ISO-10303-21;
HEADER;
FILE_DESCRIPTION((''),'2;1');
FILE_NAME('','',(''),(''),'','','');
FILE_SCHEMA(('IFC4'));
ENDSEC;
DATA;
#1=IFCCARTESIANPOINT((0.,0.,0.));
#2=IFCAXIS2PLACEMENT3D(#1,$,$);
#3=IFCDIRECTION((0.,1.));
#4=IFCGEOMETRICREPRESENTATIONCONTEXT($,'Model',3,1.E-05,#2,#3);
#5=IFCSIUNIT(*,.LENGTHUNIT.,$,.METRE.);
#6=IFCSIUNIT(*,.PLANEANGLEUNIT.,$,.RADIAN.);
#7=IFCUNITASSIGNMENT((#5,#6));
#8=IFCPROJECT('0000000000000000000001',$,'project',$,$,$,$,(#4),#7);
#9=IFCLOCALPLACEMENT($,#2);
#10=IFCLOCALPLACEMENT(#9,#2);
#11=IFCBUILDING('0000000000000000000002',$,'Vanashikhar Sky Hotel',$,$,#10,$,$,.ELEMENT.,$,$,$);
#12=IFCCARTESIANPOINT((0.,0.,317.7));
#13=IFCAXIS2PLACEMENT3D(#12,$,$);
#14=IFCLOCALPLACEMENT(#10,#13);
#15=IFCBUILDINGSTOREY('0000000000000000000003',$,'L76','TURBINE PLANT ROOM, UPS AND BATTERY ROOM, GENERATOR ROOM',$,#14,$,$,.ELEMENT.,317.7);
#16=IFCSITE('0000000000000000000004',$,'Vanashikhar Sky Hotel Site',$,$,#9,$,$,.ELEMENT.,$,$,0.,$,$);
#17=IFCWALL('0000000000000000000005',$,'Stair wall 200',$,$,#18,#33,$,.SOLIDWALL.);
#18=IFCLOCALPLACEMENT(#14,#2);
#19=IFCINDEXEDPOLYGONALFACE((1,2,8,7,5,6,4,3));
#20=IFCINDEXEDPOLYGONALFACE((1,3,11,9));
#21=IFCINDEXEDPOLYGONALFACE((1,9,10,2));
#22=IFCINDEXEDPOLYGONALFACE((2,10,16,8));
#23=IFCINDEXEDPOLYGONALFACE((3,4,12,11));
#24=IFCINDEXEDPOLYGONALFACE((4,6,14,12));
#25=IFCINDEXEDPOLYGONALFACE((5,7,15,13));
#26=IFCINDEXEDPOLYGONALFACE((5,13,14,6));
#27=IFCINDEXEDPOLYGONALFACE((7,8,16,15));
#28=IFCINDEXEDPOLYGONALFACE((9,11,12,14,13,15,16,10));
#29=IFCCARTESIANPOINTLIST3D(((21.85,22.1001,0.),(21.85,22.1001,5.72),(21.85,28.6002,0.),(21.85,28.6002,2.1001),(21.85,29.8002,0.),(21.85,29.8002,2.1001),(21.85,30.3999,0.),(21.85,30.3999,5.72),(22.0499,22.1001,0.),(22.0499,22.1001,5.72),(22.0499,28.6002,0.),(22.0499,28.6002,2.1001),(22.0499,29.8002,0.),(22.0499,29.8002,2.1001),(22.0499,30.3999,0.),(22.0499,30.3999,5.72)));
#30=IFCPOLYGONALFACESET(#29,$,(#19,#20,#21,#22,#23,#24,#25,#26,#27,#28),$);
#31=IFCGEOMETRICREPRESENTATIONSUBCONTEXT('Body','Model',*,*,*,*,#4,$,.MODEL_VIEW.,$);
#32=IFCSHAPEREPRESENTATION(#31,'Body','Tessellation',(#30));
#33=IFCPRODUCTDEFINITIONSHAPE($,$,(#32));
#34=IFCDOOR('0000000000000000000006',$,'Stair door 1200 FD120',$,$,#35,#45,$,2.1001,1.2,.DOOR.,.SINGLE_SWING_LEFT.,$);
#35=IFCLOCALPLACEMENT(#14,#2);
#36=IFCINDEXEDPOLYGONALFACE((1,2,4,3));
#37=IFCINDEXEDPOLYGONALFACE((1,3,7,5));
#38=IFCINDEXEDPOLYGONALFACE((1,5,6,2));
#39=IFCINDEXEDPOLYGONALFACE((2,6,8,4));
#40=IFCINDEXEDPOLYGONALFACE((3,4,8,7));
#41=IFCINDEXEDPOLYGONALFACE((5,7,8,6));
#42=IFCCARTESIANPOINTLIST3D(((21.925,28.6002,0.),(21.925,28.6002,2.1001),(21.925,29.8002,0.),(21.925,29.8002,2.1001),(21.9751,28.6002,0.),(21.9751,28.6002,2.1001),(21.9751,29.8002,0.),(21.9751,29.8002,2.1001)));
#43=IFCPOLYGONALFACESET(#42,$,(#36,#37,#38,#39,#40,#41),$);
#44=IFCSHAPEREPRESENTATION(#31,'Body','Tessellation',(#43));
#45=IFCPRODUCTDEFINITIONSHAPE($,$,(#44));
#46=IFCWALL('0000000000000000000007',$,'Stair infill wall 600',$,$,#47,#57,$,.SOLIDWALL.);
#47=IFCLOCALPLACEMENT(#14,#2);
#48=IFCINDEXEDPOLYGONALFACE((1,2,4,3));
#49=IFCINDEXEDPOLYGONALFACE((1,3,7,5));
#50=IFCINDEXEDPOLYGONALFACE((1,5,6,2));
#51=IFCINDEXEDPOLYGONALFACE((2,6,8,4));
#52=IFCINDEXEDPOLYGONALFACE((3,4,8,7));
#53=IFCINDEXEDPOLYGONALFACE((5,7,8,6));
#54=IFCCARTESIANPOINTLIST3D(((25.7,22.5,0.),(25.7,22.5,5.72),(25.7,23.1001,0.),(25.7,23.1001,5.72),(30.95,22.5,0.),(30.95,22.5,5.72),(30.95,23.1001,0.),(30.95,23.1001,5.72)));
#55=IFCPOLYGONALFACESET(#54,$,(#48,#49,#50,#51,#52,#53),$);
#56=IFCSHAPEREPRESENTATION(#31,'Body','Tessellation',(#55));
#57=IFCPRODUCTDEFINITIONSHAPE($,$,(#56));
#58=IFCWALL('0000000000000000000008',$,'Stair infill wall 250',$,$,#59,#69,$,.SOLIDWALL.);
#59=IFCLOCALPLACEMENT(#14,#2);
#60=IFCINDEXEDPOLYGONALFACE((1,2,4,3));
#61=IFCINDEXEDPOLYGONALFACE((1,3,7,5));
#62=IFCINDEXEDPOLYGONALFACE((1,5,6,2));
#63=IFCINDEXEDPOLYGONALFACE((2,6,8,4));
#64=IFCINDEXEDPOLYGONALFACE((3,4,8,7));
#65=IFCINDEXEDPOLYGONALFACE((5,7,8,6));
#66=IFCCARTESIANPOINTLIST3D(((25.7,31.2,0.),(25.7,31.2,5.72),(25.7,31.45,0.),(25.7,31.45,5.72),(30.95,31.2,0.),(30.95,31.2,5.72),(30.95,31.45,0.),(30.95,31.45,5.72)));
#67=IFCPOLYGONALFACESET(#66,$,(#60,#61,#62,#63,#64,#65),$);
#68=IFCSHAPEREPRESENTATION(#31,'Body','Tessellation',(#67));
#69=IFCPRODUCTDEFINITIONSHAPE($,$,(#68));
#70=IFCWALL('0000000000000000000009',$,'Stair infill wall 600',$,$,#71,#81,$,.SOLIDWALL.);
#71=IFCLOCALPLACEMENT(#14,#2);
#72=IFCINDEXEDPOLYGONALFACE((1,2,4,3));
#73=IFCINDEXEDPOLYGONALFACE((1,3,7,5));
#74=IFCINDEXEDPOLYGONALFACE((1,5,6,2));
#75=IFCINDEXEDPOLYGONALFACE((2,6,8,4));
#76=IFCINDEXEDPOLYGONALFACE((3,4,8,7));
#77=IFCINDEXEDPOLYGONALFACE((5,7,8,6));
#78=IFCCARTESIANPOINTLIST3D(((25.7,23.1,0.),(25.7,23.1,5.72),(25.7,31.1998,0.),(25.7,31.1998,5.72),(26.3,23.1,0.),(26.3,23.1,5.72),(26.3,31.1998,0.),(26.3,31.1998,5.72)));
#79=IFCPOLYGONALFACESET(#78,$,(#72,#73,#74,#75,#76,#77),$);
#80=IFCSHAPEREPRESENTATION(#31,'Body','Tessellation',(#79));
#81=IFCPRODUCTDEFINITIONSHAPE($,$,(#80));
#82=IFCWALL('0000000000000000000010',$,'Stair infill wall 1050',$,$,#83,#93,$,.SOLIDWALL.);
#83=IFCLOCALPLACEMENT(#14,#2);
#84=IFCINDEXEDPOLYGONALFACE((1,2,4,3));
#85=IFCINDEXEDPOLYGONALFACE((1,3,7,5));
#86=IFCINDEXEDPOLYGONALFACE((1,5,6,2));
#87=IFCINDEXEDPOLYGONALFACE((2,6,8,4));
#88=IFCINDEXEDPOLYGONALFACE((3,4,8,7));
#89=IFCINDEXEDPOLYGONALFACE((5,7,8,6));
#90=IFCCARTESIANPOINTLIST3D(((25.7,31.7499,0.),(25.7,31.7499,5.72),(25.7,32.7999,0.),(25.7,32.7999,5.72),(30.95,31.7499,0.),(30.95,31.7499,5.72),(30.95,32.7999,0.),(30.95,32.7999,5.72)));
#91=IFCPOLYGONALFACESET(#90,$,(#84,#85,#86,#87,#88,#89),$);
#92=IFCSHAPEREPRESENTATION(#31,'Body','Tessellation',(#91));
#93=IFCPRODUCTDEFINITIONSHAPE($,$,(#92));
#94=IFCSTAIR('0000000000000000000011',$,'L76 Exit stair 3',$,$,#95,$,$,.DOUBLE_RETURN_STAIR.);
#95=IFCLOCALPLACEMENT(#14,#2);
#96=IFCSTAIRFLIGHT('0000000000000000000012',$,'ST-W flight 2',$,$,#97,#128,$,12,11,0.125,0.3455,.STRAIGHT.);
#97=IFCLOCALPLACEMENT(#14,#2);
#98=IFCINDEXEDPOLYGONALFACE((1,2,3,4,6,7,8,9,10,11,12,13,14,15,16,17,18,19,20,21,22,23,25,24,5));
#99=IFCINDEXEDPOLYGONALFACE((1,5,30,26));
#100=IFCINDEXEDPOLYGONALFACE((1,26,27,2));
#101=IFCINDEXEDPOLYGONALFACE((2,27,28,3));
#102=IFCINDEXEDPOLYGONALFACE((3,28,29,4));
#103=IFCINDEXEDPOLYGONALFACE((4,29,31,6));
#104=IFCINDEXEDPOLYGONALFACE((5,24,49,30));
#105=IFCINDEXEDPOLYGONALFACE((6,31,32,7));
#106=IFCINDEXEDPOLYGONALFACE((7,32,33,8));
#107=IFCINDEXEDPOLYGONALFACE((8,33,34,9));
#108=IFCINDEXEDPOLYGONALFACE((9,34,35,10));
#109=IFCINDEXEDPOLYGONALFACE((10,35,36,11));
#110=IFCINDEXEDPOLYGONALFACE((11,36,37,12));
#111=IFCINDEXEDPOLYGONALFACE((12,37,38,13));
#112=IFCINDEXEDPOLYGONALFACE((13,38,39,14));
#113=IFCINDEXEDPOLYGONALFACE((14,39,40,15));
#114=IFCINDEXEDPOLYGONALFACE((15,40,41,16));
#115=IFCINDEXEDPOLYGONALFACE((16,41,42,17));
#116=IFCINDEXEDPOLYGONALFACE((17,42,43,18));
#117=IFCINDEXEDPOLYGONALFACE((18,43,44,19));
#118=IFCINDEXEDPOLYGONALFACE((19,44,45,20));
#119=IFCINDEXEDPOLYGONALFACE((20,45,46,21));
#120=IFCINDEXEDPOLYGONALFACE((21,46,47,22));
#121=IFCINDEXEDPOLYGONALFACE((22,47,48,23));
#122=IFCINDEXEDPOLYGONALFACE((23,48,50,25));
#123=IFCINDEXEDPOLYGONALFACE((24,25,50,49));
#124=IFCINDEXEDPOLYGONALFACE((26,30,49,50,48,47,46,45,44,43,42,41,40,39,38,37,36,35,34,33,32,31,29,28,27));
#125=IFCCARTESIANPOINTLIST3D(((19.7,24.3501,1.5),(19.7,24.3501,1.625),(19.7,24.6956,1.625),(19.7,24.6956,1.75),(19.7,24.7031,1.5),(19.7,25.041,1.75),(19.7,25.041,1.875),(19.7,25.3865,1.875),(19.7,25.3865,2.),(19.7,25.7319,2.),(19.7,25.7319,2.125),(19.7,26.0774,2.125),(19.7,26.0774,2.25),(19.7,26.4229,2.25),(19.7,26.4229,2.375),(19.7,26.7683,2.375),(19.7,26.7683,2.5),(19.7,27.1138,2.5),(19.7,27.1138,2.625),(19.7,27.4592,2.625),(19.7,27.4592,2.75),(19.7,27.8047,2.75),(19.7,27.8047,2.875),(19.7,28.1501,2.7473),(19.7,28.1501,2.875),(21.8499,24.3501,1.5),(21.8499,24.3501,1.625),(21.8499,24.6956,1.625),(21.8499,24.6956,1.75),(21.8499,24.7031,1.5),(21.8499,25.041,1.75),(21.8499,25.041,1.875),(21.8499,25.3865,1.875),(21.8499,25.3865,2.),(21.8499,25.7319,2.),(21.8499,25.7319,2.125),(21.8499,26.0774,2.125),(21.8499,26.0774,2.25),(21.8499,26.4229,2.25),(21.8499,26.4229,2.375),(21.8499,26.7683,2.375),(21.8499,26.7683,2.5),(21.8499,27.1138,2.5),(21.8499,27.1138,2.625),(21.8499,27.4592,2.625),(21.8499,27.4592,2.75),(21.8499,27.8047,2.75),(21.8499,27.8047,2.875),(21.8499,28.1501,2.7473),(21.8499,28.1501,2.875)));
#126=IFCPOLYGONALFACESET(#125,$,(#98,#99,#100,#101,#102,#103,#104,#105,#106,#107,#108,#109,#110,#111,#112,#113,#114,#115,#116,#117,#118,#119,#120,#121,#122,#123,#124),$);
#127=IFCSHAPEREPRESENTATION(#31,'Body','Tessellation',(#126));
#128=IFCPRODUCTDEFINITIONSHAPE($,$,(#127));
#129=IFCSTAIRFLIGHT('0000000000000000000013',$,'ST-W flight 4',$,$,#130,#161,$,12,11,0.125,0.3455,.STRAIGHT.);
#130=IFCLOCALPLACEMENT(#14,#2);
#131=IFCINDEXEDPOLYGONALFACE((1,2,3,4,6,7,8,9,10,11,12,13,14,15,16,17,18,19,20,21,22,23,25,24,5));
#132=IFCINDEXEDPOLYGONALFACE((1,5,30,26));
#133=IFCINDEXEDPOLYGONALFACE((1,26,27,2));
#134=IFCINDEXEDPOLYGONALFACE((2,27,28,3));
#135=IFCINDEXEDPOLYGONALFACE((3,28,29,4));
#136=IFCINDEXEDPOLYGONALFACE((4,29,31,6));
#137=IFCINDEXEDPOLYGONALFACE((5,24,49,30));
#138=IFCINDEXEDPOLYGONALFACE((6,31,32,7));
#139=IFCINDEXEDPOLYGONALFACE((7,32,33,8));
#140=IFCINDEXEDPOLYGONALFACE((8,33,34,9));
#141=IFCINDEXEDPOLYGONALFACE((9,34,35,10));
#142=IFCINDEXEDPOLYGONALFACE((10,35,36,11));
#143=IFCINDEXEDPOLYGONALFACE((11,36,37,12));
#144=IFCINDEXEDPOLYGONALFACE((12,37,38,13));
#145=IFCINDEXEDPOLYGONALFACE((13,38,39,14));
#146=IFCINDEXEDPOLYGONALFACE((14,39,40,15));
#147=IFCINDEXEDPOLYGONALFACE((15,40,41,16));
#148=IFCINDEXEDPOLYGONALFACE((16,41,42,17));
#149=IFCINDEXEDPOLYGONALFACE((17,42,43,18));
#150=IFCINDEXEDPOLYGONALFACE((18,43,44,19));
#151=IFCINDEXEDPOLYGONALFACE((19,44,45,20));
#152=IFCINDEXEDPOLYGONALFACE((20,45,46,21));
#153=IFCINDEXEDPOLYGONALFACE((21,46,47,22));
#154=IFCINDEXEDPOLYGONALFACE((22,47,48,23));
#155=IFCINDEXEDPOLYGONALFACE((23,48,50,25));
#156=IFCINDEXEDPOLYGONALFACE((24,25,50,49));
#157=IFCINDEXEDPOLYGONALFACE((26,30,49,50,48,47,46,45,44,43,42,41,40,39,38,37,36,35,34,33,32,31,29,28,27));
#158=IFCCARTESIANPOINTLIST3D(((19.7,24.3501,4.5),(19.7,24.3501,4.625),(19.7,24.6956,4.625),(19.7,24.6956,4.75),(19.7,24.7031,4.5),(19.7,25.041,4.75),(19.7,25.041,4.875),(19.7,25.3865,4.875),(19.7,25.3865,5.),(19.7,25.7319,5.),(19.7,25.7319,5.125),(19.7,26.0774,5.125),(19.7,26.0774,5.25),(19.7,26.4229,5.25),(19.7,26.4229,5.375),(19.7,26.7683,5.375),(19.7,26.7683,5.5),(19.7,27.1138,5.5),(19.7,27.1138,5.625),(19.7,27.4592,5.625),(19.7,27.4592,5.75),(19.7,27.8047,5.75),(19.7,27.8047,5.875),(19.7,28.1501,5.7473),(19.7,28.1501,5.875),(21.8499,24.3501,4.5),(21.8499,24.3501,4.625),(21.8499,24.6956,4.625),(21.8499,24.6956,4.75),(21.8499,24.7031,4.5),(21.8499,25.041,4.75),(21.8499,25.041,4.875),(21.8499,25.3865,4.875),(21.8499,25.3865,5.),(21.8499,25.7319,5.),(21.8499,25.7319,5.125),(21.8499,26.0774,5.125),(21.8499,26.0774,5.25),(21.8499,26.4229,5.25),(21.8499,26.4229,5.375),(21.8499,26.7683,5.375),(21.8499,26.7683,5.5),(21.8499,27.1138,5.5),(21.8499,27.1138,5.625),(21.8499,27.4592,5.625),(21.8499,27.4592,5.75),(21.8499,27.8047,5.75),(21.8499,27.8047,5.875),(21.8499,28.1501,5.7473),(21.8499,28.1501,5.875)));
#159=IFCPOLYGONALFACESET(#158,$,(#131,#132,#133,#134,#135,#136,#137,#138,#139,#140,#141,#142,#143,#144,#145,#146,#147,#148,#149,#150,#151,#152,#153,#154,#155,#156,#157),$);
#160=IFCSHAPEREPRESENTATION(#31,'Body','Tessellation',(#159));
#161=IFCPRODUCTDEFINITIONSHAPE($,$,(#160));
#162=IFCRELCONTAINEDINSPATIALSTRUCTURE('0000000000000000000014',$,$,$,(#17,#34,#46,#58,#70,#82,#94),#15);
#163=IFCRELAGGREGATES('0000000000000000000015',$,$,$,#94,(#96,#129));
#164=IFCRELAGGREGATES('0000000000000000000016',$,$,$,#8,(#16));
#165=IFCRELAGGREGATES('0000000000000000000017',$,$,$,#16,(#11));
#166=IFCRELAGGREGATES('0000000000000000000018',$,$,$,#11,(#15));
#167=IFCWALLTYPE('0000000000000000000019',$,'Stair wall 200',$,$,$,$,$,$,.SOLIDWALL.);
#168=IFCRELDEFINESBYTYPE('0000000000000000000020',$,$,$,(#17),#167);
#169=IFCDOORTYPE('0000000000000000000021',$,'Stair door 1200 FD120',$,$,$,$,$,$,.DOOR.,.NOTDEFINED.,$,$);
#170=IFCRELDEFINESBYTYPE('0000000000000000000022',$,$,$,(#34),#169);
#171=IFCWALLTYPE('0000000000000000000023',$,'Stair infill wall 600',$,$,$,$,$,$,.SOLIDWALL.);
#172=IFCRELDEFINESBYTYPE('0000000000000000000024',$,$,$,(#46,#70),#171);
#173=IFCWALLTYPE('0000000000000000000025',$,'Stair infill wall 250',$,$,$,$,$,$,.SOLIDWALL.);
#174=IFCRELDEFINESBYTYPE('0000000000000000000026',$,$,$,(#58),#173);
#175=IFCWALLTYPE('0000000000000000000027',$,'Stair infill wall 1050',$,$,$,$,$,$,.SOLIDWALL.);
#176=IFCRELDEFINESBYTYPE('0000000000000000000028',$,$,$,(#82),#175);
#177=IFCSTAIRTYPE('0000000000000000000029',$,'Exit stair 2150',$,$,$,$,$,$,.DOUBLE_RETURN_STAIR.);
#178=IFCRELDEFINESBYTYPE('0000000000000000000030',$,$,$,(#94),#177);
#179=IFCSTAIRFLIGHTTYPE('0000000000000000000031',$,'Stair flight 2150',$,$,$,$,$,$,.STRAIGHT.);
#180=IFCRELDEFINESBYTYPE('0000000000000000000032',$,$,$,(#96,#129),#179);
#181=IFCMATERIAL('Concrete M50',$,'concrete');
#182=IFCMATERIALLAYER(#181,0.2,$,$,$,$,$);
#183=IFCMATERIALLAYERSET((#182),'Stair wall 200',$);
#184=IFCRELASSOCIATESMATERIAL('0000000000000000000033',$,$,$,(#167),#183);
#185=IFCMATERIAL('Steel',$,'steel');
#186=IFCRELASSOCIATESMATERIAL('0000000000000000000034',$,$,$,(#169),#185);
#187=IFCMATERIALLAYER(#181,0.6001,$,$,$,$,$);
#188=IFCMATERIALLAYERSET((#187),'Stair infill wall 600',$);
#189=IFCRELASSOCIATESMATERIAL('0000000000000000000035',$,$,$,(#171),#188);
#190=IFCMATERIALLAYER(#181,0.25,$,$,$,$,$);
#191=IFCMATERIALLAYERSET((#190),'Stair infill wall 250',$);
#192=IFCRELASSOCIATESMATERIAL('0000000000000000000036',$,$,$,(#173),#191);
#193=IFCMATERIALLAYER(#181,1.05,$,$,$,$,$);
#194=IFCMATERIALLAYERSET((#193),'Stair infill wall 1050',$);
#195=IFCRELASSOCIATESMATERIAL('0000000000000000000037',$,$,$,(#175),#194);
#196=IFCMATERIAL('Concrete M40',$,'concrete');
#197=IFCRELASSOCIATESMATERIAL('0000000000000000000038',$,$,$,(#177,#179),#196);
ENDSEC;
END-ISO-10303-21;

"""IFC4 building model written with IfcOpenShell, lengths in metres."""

from ifc_helpers import new_model, si_unit, direction, frame, frame_2d, origin, place, context, subcontext, project, spatial, polyline, rectangle, outline, extrude, source, transform, mapped, material, layer, layer_set, type_object, element, fill, aggregate, save


model = new_model("IFC4")

# Units and contexts
model_context = context("Model", 3, precision=1e-05, world=origin(), true_north=direction((0.0, 1.0)))
body_context = subcontext(model_context, "Body", "Model", "MODEL_VIEW")
ifc_project = project(units=[si_unit("LENGTHUNIT", "METRE"), si_unit("PLANEANGLEUNIT", "RADIAN")], contexts=[model_context])

# Site, building, storey
site_placement = place(None, origin())
site = spatial("IfcSite", under=ifc_project, at=site_placement, Name="Vanashikhar Sky Hotel Site", CompositionType="ELEMENT", RefElevation=0.0)
building_placement = place(site_placement, origin())
building = spatial("IfcBuilding", under=site, at=building_placement, Name="Vanashikhar Sky Hotel", CompositionType="ELEMENT")
storey_placement = place(building_placement, frame((0.0, 0.0, 317.7)))
storey = spatial("IfcBuildingStorey", under=building, at=storey_placement, Name="L76", Description="TURBINE PLANT ROOM, UPS AND BATTERY ROOM, GENERATOR ROOM", CompositionType="ELEMENT", Elevation=317.7)

# Shared definitions
ifc_material_1 = material(Name="Concrete M50", Category="concrete")
ifc_material_2 = material(Name="Steel", Category="steel")

# Wall, opening, door
ifc_layer_1 = layer(ifc_material_1, 0.2)
ifc_layer_set_1 = layer_set([ifc_layer_1], Name="Stair wall 200")
wall_type_1 = type_object("IfcWallType", Name="Stair wall 200", PredefinedType="SOLIDWALL", material=ifc_layer_set_1)
shared_shape_1 = source(origin(), body_context, "Body", "SweptSolid", [
    extrude(rectangle(XDim=8.2998, YDim=0.2, at=frame_2d((4.1499, 0.0))), origin(), (0.0, 0.0, 1.0), 5.72),
])
wall_1_placement = place(storey_placement, frame((21.95, 22.1001, 0.0), z_axis=(0.0, 0.0, 1.0), x_axis=(0.0, 1.0, 0.0)))
wall_1 = element("IfcWall", 1, at=wall_1_placement, inside=storey, type_object=wall_type_1, Name="Stair wall 200", PredefinedType="SOLIDWALL", context=body_context, shape_type="MappedRepresentation", body=[
    mapped(shared_shape_1, transform((0.0, 0.0, 0.0), scale=1.0)),
])
shared_shape_2 = source(origin(), body_context, "Body", "SweptSolid", [
    extrude(rectangle(XDim=1.2, YDim=2.1001, at=frame_2d((0.6001, 1.05))), frame((0.0, 0.1099, 0.0), z_axis=(0.0, -1.0, 0.0), x_axis=(1.0, 0.0, 0.0)), (0.0, 0.0, 1.0), 0.22),
])
opening_1_placement = place(wall_1_placement, frame((6.5, 0.0, 0.0)))
opening_1 = element("IfcOpeningElement", 2, at=opening_1_placement, cuts=wall_1, PredefinedType="OPENING", context=body_context, shape_type="MappedRepresentation", body=[
    mapped(shared_shape_2, transform((0.0, 0.0, 0.0), scale=1.0)),
])
door_type_1 = type_object("IfcDoorType", Name="Stair door 1200 FD120", OperationType="NOTDEFINED", PredefinedType="DOOR", material=ifc_material_2)
shared_shape_3 = source(origin(), body_context, "Body", "SweptSolid", [
    extrude(rectangle(XDim=1.2, YDim=2.1001, at=frame_2d((0.6001, 1.05))), frame((0.0, 0.0249, 0.0), z_axis=(0.0, -1.0, 0.0), x_axis=(1.0, 0.0, 0.0)), (0.0, 0.0, 1.0), 0.05),
])
door_1_placement = place(opening_1_placement, origin())
door_1 = element("IfcDoor", 3, at=door_1_placement, inside=storey, type_object=door_type_1, Name="Stair door 1200 FD120", OperationType="SINGLE_SWING_LEFT", OverallHeight=2.1001, OverallWidth=1.2, PredefinedType="DOOR", context=body_context, shape_type="MappedRepresentation", body=[
    mapped(shared_shape_3, transform((0.0, 0.0, 0.0), scale=1.0)),
])
fill(opening_1, door_1)

# Walls
ifc_layer_2 = layer(ifc_material_1, 0.6001)
ifc_layer_set_2 = layer_set([ifc_layer_2], Name="Stair infill wall 600")
wall_type_2 = type_object("IfcWallType", Name="Stair infill wall 600", PredefinedType="SOLIDWALL", material=ifc_layer_set_2)
shared_shape_4 = source(origin(), body_context, "Body", "SweptSolid", [
    extrude(rectangle(XDim=5.25, YDim=0.6001, at=frame_2d((2.625, 0.0))), origin(), (0.0, 0.0, 1.0), 5.72),
])
wall_2_placement = place(storey_placement, frame((25.7, 22.8, 0.0), z_axis=(0.0, 0.0, 1.0), x_axis=(1.0, 0.0, 0.0)))
element("IfcWall", 4, at=wall_2_placement, inside=storey, type_object=wall_type_2, Name="Stair infill wall 600", PredefinedType="SOLIDWALL", context=body_context, shape_type="MappedRepresentation", body=[
    mapped(shared_shape_4, transform((0.0, 0.0, 0.0), scale=1.0)),
])
ifc_layer_3 = layer(ifc_material_1, 0.25)
ifc_layer_set_3 = layer_set([ifc_layer_3], Name="Stair infill wall 250")
wall_type_3 = type_object("IfcWallType", Name="Stair infill wall 250", PredefinedType="SOLIDWALL", material=ifc_layer_set_3)
shared_shape_5 = source(origin(), body_context, "Body", "SweptSolid", [
    extrude(rectangle(XDim=5.25, YDim=0.25, at=frame_2d((2.625, 0.0))), origin(), (0.0, 0.0, 1.0), 5.72),
])
wall_3_placement = place(storey_placement, frame((25.7, 31.325, 0.0), z_axis=(0.0, 0.0, 1.0), x_axis=(1.0, 0.0, 0.0)))
element("IfcWall", 5, at=wall_3_placement, inside=storey, type_object=wall_type_3, Name="Stair infill wall 250", PredefinedType="SOLIDWALL", context=body_context, shape_type="MappedRepresentation", body=[
    mapped(shared_shape_5, transform((0.0, 0.0, 0.0), scale=1.0)),
])
shared_shape_6 = source(origin(), body_context, "Body", "SweptSolid", [
    extrude(rectangle(XDim=8.0999, YDim=0.6001, at=frame_2d((4.0498, 0.0))), origin(), (0.0, 0.0, 1.0), 5.72),
])
wall_4_placement = place(storey_placement, frame((26.0, 23.1001, 0.0), z_axis=(0.0, 0.0, 1.0), x_axis=(0.0, 1.0, 0.0)))
element("IfcWall", 6, at=wall_4_placement, inside=storey, type_object=wall_type_2, Name="Stair infill wall 600", PredefinedType="SOLIDWALL", context=body_context, shape_type="MappedRepresentation", body=[
    mapped(shared_shape_6, transform((0.0, 0.0, 0.0), scale=1.0)),
])
ifc_layer_4 = layer(ifc_material_1, 1.05)
ifc_layer_set_4 = layer_set([ifc_layer_4], Name="Stair infill wall 1050")
wall_type_4 = type_object("IfcWallType", Name="Stair infill wall 1050", PredefinedType="SOLIDWALL", material=ifc_layer_set_4)
shared_shape_7 = source(origin(), body_context, "Body", "SweptSolid", [
    extrude(rectangle(XDim=5.25, YDim=1.05, at=frame_2d((2.625, 0.0))), origin(), (0.0, 0.0, 1.0), 5.72),
])
wall_5_placement = place(storey_placement, frame((25.7, 32.2749, 0.0), z_axis=(0.0, 0.0, 1.0), x_axis=(1.0, 0.0, 0.0)))
element("IfcWall", 7, at=wall_5_placement, inside=storey, type_object=wall_type_4, Name="Stair infill wall 1050", PredefinedType="SOLIDWALL", context=body_context, shape_type="MappedRepresentation", body=[
    mapped(shared_shape_7, transform((0.0, 0.0, 0.0), scale=1.0)),
])

# Stair, stair flights
ifc_material_3 = material(Name="Concrete M40", Category="concrete")
stair_type = type_object("IfcStairType", Name="Exit stair 2150", PredefinedType="DOUBLE_RETURN_STAIR", material=ifc_material_3)
stair_placement = place(storey_placement, origin())
stair = element("IfcStair", 8, at=stair_placement, inside=storey, type_object=stair_type, Name="L76 Exit stair 3", PredefinedType="DOUBLE_RETURN_STAIR")
stair_flight_type = type_object("IfcStairFlightType", Name="Stair flight 2150", PredefinedType="STRAIGHT", material=ifc_material_3)
shared_shape_8 = source(origin(), body_context, "Body", "SweptSolid", [
    extrude(outline(polyline([(0.0, 0.0), (0.0, 0.125), (0.3455, 0.125), (0.3455, 0.25), (0.6909, 0.25), (0.6909, 0.375), (1.0364, 0.375), (1.0364, 0.5), (1.3818, 0.5), (1.3818, 0.625), (1.7273, 0.625), (1.7273, 0.75), (2.0728, 0.75), (2.0728, 0.875), (2.4182, 0.875), (2.4182, 1.0), (2.7637, 1.0), (2.7637, 1.125), (3.1091, 1.125), (3.1091, 1.25), (3.4546, 1.25), (3.4546, 1.375), (3.8, 1.375), (3.8, 1.5), (3.8, 1.2473), (0.353, 0.0), (0.0, 0.0)])), frame((0.0, 1.075, 0.0), z_axis=(0.0, -1.0, 0.0), x_axis=(1.0, 0.0, 0.0)), (0.0, 0.0, 1.0), 2.1499),
])
stair_flight_1_placement = place(storey_placement, frame((20.7749, 24.3501, 1.5), z_axis=(0.0, 0.0, 1.0), x_axis=(0.0, 1.0, 0.0)))
stair_flight_1 = element("IfcStairFlight", 9, at=stair_flight_1_placement, type_object=stair_flight_type, Name="ST-W flight 2", NumberOfRisers=12, NumberOfTreads=11, PredefinedType="STRAIGHT", RiserHeight=0.125, TreadLength=0.3455, context=body_context, shape_type="MappedRepresentation", body=[
    mapped(shared_shape_8, transform((0.0, 0.0, 0.0), scale=1.0)),
])
stair_flight_2_placement = place(storey_placement, frame((20.7749, 24.3501, 4.5), z_axis=(0.0, 0.0, 1.0), x_axis=(0.0, 1.0, 0.0)))
stair_flight_2 = element("IfcStairFlight", 10, at=stair_flight_2_placement, type_object=stair_flight_type, Name="ST-W flight 4", NumberOfRisers=12, NumberOfTreads=11, PredefinedType="STRAIGHT", RiserHeight=0.125, TreadLength=0.3455, context=body_context, shape_type="MappedRepresentation", body=[
    mapped(shared_shape_8, transform((0.0, 0.0, 0.0), scale=1.0)),
])
aggregate(stair, [stair_flight_1, stair_flight_2])

save(model, "model.ifc")
